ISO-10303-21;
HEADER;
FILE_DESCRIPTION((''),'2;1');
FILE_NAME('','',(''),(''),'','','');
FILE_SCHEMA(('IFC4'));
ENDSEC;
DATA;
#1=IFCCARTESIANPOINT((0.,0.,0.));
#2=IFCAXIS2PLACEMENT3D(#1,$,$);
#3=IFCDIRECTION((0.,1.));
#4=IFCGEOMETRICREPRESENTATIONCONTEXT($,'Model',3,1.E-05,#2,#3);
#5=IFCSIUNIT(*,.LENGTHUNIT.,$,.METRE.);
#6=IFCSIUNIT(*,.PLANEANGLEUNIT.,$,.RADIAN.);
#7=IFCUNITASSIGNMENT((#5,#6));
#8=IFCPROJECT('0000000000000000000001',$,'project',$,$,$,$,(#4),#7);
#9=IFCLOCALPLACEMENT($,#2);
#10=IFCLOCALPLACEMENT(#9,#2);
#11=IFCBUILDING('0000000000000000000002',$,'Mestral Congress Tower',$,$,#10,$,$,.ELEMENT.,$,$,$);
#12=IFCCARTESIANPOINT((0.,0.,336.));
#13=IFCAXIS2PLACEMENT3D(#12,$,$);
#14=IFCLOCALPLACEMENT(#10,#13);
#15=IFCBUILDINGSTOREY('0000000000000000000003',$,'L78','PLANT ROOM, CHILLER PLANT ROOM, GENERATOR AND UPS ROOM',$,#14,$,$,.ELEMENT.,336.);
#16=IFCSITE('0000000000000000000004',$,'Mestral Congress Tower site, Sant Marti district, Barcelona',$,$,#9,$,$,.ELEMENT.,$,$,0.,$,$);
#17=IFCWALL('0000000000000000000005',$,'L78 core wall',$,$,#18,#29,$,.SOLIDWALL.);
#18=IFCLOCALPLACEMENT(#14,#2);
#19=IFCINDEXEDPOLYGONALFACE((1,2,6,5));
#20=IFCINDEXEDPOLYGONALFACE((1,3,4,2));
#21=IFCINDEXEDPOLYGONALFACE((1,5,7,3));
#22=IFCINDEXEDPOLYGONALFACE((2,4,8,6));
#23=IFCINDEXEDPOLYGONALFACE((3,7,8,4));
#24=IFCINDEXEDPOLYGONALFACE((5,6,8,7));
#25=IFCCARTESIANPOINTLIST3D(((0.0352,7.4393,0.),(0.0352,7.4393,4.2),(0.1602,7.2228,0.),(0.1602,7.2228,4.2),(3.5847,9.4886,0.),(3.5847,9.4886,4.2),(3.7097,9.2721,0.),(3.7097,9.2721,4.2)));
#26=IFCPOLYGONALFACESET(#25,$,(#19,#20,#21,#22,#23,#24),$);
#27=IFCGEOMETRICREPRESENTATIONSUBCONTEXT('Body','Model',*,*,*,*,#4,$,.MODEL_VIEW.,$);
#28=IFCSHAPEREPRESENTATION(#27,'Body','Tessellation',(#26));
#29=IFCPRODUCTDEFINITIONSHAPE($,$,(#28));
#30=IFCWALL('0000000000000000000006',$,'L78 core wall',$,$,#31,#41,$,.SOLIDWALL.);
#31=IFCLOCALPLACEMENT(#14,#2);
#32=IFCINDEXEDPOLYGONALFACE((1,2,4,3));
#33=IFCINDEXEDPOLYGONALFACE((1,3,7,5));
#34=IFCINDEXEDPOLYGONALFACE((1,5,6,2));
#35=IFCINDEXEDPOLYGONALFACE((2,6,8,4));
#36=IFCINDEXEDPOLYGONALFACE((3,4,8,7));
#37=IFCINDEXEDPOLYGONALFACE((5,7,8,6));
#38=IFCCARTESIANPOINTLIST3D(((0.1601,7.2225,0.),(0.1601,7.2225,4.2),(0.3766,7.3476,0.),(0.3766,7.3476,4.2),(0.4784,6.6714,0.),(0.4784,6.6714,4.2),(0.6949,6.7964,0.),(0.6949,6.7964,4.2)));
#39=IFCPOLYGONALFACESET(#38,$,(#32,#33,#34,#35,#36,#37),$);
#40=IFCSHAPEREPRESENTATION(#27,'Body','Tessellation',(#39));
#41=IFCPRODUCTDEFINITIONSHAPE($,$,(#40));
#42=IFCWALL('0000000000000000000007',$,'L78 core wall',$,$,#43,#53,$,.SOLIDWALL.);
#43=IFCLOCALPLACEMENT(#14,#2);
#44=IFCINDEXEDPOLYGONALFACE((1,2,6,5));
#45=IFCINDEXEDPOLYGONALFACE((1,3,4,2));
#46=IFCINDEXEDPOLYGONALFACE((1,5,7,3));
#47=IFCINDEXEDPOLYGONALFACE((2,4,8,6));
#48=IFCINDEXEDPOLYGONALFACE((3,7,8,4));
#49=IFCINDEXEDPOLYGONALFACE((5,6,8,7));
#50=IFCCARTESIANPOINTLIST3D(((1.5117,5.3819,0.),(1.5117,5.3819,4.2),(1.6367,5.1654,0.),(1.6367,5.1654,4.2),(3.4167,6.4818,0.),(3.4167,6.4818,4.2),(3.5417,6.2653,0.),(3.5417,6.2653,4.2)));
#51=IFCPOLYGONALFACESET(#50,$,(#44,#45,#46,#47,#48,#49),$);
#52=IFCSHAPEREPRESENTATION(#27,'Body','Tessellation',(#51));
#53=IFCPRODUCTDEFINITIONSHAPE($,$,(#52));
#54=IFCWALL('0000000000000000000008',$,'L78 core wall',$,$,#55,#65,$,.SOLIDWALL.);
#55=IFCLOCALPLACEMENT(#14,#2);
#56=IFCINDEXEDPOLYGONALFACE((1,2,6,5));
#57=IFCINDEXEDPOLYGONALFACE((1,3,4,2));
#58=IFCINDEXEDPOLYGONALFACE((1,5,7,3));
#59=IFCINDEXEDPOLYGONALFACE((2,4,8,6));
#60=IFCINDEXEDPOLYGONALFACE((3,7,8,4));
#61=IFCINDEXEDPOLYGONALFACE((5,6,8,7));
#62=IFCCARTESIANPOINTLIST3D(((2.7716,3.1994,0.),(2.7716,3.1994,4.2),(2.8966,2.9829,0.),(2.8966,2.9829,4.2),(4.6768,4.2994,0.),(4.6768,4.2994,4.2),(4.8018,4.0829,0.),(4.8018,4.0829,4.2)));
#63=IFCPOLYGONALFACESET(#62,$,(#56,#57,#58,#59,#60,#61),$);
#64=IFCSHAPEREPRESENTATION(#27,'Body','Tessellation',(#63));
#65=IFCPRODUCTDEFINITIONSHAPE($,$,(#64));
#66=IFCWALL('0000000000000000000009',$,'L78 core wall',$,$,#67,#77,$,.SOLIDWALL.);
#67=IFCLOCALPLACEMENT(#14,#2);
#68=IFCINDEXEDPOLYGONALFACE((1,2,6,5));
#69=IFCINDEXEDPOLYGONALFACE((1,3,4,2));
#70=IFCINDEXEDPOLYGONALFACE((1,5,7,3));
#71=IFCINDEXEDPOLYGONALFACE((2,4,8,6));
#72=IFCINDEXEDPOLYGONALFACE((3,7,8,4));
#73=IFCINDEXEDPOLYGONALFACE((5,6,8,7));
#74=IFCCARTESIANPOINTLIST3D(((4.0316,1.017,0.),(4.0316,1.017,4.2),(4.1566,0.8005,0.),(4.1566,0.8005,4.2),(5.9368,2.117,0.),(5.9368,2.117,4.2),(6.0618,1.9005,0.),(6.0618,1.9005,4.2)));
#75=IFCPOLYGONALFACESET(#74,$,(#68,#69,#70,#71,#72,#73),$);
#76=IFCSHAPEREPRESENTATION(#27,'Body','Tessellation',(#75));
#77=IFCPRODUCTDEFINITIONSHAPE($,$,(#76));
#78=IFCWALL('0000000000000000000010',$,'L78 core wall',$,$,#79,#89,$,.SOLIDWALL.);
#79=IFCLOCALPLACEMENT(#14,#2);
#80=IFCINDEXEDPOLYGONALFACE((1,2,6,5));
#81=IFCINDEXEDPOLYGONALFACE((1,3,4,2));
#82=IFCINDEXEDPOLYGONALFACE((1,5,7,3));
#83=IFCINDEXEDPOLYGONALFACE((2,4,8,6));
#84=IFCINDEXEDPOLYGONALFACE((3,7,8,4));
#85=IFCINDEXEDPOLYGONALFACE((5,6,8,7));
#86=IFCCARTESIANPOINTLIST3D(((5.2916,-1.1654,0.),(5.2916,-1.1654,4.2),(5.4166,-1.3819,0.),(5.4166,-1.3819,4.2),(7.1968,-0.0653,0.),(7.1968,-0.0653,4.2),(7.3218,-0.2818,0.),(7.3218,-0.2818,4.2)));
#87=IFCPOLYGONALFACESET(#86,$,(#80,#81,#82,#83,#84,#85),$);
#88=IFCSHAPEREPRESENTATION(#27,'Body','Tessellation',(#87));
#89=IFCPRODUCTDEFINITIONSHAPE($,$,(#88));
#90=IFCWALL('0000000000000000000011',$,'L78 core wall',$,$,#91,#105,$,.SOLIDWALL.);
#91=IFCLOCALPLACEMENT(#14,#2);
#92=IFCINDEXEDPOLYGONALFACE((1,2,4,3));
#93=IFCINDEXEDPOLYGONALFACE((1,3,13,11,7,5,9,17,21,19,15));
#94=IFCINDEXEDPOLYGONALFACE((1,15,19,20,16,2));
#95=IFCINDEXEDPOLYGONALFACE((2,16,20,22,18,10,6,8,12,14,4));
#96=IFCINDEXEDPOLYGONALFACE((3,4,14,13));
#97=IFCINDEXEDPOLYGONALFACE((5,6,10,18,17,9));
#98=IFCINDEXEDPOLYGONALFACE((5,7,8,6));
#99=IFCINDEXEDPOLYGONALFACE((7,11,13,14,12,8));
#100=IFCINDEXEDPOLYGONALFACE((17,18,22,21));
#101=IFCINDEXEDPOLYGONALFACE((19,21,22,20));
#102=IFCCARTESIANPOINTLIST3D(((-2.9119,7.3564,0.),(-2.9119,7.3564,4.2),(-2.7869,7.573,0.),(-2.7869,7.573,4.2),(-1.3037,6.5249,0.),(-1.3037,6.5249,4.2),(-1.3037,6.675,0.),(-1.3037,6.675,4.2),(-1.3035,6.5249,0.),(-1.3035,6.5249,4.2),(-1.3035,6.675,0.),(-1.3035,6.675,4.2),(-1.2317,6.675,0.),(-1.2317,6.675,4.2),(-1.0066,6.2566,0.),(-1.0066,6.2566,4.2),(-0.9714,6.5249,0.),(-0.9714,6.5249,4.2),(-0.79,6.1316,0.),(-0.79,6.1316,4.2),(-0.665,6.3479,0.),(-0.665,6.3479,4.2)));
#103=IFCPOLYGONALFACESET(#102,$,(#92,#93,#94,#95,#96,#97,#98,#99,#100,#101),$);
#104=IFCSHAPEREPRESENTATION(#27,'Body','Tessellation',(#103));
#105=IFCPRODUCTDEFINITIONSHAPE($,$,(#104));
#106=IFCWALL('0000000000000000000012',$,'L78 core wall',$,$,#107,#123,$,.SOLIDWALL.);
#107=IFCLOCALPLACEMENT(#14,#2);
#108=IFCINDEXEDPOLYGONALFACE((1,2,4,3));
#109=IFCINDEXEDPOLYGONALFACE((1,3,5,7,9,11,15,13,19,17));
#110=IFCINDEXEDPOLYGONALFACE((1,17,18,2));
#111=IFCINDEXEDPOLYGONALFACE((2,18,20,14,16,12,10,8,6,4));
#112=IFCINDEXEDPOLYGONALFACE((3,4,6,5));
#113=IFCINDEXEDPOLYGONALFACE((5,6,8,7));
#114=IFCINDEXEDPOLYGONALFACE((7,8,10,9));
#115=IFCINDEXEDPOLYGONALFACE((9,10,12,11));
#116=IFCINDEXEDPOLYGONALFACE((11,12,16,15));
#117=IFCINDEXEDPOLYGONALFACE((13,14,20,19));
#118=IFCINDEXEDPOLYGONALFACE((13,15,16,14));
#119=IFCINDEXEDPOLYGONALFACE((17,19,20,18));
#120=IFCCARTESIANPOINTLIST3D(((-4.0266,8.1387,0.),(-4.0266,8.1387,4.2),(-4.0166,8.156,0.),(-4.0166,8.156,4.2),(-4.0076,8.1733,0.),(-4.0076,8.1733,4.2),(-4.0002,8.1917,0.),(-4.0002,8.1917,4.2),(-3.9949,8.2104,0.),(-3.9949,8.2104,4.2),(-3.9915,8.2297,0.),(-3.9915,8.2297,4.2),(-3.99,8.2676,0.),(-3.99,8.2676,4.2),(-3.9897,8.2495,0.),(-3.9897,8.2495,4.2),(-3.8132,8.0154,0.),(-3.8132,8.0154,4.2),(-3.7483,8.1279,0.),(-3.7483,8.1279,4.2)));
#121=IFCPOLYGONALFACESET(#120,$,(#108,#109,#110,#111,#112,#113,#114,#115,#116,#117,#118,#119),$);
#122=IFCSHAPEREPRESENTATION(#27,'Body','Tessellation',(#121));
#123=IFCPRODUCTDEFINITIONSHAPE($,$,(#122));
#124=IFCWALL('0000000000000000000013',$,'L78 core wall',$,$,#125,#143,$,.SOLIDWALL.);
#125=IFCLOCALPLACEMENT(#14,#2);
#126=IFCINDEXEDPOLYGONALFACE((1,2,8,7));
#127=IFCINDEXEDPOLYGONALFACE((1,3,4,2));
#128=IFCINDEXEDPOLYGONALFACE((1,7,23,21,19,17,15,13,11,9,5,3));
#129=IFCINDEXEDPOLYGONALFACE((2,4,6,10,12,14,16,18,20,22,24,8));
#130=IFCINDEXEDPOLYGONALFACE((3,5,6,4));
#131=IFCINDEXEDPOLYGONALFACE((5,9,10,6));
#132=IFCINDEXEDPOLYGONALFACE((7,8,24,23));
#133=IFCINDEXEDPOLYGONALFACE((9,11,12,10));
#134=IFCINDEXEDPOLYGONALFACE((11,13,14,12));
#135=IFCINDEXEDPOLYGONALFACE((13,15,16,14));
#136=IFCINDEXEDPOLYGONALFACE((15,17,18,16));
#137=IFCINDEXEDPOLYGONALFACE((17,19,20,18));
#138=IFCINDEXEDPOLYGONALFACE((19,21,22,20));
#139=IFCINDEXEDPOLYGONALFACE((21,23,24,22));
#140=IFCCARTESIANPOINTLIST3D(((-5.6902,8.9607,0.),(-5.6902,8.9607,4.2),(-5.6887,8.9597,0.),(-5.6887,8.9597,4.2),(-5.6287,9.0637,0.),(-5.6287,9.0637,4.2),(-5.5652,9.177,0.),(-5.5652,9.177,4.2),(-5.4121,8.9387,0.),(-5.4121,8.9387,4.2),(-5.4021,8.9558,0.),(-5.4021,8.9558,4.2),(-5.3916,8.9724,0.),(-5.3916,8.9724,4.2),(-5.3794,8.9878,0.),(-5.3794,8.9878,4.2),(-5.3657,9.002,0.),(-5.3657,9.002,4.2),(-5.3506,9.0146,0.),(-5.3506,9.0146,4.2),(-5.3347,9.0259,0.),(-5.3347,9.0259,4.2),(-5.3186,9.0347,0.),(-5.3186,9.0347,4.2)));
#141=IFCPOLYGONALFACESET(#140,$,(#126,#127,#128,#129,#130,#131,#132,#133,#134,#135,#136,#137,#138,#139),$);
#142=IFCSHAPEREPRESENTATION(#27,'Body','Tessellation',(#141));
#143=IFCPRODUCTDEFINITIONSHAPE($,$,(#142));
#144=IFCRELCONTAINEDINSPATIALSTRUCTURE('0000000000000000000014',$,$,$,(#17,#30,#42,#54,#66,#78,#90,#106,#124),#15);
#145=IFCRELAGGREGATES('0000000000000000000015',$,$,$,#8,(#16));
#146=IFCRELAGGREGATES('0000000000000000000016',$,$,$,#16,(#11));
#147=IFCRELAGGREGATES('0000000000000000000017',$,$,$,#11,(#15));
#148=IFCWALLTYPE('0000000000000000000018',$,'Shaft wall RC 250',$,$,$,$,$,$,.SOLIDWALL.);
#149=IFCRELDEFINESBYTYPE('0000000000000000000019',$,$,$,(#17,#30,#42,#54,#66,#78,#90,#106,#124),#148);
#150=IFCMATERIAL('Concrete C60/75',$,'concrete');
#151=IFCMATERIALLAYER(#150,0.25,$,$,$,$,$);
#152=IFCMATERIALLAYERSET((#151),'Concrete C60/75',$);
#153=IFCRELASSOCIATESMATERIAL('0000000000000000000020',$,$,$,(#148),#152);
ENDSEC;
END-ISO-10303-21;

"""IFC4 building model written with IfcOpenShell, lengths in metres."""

from ifc_helpers import new_model, si_unit, direction, frame, frame_2d, origin, place, context, subcontext, project, spatial, polyline, rectangle, outline, extrude, material, layer, layer_set, type_object, element, save


model = new_model("IFC4")

# Units and contexts
model_context = context("Model", 3, precision=1e-05, world=origin(), true_north=direction((0.0, 1.0)))
body_context = subcontext(model_context, "Body", "Model", "MODEL_VIEW")
ifc_project = project(units=[si_unit("LENGTHUNIT", "METRE"), si_unit("PLANEANGLEUNIT", "RADIAN")], contexts=[model_context])

# Site, building, storey
site_placement = place(None, origin())
site = spatial("IfcSite", under=ifc_project, at=site_placement, Name="Mestral Congress Tower site, Sant Marti district, Barcelona", CompositionType="ELEMENT", RefElevation=0.0)
building_placement = place(site_placement, origin())
building = spatial("IfcBuilding", under=site, at=building_placement, Name="Mestral Congress Tower", CompositionType="ELEMENT")
storey_placement = place(building_placement, frame((0.0, 0.0, 336.0)))
storey = spatial("IfcBuildingStorey", under=building, at=storey_placement, Name="L78", Description="PLANT ROOM, CHILLER PLANT ROOM, GENERATOR AND UPS ROOM", CompositionType="ELEMENT", Elevation=336.0)

# Shared definitions
placement = place(storey_placement, origin())
ifc_material_1 = material(Name="Concrete C60/75", Category="concrete")

# Walls
ifc_layer_1 = layer(ifc_material_1, 0.25)
ifc_layer_set_1 = layer_set([ifc_layer_1], Name="Concrete C60/75")
wall_type_1 = type_object("IfcWallType", Name="Shaft wall RC 250", PredefinedType="SOLIDWALL", material=ifc_layer_set_1)
wall_1_placement = place(storey_placement, frame((3.6472, 9.3804, 0.0), z_axis=(0.0, 0.0, 1.0), x_axis=(-0.866028, -0.499996, 0.0)))
element("IfcWall", 1, at=wall_1_placement, inside=storey, type_object=wall_type_1, Name="L78 core wall", PredefinedType="SOLIDWALL", context=body_context, shape_type="SweptSolid", body=[
    extrude(rectangle(XDim=4.0986, YDim=0.25, at=frame_2d((2.0493, 0.0))), origin(), (0.0, 0.0, 1.0), 4.2),
])
wall_2_placement = place(storey_placement, frame((0.2683, 7.2852, 0.0), z_axis=(0.0, 0.0, 1.0), x_axis=(0.500099, -0.865968, 0.0)))
element("IfcWall", 2, at=wall_2_placement, inside=storey, type_object=wall_type_1, Name="L78 core wall", PredefinedType="SOLIDWALL", context=body_context, shape_type="SweptSolid", body=[
    extrude(rectangle(XDim=0.6365, YDim=0.25, at=frame_2d((0.3184, 0.0))), origin(), (0.0, 0.0, 1.0), 4.2),
])
wall_3_placement = place(storey_placement, frame((1.5742, 5.2737, 0.0), z_axis=(0.0, 0.0, 1.0), x_axis=(0.866028, 0.499995, 0.0)))
element("IfcWall", 3, at=wall_3_placement, inside=storey, type_object=wall_type_1, Name="L78 core wall", PredefinedType="SOLIDWALL", context=body_context, shape_type="SweptSolid", body=[
    extrude(rectangle(XDim=2.1997, YDim=0.25, at=frame_2d((1.0999, 0.0))), origin(), (0.0, 0.0, 1.0), 4.2),
])
for number, where, z_axis, x_axis, name in (
    (4, (2.834, 3.0911, 0.0), (0.0, 0.0, 1.0), (0.866008, 0.50003, 0.0), "L78 core wall"),
    (5, (4.094, 0.9087, 0.0), (0.0, 0.0, 1.0), (0.866008, 0.50003, 0.0), "L78 core wall"),
    (6, (5.354, -1.2737, 0.0), (0.0, 0.0, 1.0), (0.866008, 0.50003, 0.0), "L78 core wall"),
):
    element("IfcWall", number, at=place(storey_placement, frame(where, z_axis=z_axis, x_axis=x_axis)), inside=storey, type_object=wall_type_1, Name=name, PredefinedType="SOLIDWALL", context=body_context, shape_type="SweptSolid", body=[
        extrude(rectangle(XDim=2.2, YDim=0.25, at=frame_2d((1.1001, 0.0))), origin(), (0.0, 0.0, 1.0), 4.2),
    ])
element("IfcWall", 7, at=placement, inside=storey, type_object=wall_type_1, Name="L78 core wall", PredefinedType="SOLIDWALL", context=body_context, shape_type="SweptSolid", body=[
    extrude(outline(polyline([(-2.9119, 7.3564), (-2.7869, 7.573), (-1.2317, 6.675), (-1.3035, 6.675), (-1.3037, 6.675), (-1.3037, 6.675), (-1.3037, 6.5249), (-1.3037, 6.5249), (-1.3035, 6.5249), (-0.9714, 6.5249), (-0.665, 6.3479), (-0.79, 6.1316), (-1.0066, 6.2566), (-1.0066, 6.2566), (-2.9119, 7.3564)])), origin(), (0.0, 0.0, 1.0), 4.2),
])
element("IfcWall", 8, at=placement, inside=storey, type_object=wall_type_1, Name="L78 core wall", PredefinedType="SOLIDWALL", context=body_context, shape_type="SweptSolid", body=[
    extrude(outline(polyline([(-3.7483, 8.1279), (-3.8132, 8.0154), (-4.0266, 8.1387), (-4.0166, 8.156), (-4.0076, 8.1733), (-4.0002, 8.1917), (-3.9949, 8.2104), (-3.9915, 8.2297), (-3.9897, 8.2495), (-3.99, 8.2676), (-3.7483, 8.1279)])), origin(), (0.0, 0.0, 1.0), 4.2),
])
element("IfcWall", 9, at=placement, inside=storey, type_object=wall_type_1, Name="L78 core wall", PredefinedType="SOLIDWALL", context=body_context, shape_type="SweptSolid", body=[
    extrude(outline(polyline([(-5.6887, 8.9597), (-5.6902, 8.9607), (-5.5652, 9.177), (-5.3186, 9.0347), (-5.3347, 9.0259), (-5.3506, 9.0146), (-5.3657, 9.002), (-5.3794, 8.9878), (-5.3916, 8.9724), (-5.4021, 8.9558), (-5.4121, 8.9387), (-5.6287, 9.0637), (-5.6287, 9.0637), (-5.6887, 8.9597)])), origin(), (0.0, 0.0, 1.0), 4.2),
])

save(model, "model.ifc")
